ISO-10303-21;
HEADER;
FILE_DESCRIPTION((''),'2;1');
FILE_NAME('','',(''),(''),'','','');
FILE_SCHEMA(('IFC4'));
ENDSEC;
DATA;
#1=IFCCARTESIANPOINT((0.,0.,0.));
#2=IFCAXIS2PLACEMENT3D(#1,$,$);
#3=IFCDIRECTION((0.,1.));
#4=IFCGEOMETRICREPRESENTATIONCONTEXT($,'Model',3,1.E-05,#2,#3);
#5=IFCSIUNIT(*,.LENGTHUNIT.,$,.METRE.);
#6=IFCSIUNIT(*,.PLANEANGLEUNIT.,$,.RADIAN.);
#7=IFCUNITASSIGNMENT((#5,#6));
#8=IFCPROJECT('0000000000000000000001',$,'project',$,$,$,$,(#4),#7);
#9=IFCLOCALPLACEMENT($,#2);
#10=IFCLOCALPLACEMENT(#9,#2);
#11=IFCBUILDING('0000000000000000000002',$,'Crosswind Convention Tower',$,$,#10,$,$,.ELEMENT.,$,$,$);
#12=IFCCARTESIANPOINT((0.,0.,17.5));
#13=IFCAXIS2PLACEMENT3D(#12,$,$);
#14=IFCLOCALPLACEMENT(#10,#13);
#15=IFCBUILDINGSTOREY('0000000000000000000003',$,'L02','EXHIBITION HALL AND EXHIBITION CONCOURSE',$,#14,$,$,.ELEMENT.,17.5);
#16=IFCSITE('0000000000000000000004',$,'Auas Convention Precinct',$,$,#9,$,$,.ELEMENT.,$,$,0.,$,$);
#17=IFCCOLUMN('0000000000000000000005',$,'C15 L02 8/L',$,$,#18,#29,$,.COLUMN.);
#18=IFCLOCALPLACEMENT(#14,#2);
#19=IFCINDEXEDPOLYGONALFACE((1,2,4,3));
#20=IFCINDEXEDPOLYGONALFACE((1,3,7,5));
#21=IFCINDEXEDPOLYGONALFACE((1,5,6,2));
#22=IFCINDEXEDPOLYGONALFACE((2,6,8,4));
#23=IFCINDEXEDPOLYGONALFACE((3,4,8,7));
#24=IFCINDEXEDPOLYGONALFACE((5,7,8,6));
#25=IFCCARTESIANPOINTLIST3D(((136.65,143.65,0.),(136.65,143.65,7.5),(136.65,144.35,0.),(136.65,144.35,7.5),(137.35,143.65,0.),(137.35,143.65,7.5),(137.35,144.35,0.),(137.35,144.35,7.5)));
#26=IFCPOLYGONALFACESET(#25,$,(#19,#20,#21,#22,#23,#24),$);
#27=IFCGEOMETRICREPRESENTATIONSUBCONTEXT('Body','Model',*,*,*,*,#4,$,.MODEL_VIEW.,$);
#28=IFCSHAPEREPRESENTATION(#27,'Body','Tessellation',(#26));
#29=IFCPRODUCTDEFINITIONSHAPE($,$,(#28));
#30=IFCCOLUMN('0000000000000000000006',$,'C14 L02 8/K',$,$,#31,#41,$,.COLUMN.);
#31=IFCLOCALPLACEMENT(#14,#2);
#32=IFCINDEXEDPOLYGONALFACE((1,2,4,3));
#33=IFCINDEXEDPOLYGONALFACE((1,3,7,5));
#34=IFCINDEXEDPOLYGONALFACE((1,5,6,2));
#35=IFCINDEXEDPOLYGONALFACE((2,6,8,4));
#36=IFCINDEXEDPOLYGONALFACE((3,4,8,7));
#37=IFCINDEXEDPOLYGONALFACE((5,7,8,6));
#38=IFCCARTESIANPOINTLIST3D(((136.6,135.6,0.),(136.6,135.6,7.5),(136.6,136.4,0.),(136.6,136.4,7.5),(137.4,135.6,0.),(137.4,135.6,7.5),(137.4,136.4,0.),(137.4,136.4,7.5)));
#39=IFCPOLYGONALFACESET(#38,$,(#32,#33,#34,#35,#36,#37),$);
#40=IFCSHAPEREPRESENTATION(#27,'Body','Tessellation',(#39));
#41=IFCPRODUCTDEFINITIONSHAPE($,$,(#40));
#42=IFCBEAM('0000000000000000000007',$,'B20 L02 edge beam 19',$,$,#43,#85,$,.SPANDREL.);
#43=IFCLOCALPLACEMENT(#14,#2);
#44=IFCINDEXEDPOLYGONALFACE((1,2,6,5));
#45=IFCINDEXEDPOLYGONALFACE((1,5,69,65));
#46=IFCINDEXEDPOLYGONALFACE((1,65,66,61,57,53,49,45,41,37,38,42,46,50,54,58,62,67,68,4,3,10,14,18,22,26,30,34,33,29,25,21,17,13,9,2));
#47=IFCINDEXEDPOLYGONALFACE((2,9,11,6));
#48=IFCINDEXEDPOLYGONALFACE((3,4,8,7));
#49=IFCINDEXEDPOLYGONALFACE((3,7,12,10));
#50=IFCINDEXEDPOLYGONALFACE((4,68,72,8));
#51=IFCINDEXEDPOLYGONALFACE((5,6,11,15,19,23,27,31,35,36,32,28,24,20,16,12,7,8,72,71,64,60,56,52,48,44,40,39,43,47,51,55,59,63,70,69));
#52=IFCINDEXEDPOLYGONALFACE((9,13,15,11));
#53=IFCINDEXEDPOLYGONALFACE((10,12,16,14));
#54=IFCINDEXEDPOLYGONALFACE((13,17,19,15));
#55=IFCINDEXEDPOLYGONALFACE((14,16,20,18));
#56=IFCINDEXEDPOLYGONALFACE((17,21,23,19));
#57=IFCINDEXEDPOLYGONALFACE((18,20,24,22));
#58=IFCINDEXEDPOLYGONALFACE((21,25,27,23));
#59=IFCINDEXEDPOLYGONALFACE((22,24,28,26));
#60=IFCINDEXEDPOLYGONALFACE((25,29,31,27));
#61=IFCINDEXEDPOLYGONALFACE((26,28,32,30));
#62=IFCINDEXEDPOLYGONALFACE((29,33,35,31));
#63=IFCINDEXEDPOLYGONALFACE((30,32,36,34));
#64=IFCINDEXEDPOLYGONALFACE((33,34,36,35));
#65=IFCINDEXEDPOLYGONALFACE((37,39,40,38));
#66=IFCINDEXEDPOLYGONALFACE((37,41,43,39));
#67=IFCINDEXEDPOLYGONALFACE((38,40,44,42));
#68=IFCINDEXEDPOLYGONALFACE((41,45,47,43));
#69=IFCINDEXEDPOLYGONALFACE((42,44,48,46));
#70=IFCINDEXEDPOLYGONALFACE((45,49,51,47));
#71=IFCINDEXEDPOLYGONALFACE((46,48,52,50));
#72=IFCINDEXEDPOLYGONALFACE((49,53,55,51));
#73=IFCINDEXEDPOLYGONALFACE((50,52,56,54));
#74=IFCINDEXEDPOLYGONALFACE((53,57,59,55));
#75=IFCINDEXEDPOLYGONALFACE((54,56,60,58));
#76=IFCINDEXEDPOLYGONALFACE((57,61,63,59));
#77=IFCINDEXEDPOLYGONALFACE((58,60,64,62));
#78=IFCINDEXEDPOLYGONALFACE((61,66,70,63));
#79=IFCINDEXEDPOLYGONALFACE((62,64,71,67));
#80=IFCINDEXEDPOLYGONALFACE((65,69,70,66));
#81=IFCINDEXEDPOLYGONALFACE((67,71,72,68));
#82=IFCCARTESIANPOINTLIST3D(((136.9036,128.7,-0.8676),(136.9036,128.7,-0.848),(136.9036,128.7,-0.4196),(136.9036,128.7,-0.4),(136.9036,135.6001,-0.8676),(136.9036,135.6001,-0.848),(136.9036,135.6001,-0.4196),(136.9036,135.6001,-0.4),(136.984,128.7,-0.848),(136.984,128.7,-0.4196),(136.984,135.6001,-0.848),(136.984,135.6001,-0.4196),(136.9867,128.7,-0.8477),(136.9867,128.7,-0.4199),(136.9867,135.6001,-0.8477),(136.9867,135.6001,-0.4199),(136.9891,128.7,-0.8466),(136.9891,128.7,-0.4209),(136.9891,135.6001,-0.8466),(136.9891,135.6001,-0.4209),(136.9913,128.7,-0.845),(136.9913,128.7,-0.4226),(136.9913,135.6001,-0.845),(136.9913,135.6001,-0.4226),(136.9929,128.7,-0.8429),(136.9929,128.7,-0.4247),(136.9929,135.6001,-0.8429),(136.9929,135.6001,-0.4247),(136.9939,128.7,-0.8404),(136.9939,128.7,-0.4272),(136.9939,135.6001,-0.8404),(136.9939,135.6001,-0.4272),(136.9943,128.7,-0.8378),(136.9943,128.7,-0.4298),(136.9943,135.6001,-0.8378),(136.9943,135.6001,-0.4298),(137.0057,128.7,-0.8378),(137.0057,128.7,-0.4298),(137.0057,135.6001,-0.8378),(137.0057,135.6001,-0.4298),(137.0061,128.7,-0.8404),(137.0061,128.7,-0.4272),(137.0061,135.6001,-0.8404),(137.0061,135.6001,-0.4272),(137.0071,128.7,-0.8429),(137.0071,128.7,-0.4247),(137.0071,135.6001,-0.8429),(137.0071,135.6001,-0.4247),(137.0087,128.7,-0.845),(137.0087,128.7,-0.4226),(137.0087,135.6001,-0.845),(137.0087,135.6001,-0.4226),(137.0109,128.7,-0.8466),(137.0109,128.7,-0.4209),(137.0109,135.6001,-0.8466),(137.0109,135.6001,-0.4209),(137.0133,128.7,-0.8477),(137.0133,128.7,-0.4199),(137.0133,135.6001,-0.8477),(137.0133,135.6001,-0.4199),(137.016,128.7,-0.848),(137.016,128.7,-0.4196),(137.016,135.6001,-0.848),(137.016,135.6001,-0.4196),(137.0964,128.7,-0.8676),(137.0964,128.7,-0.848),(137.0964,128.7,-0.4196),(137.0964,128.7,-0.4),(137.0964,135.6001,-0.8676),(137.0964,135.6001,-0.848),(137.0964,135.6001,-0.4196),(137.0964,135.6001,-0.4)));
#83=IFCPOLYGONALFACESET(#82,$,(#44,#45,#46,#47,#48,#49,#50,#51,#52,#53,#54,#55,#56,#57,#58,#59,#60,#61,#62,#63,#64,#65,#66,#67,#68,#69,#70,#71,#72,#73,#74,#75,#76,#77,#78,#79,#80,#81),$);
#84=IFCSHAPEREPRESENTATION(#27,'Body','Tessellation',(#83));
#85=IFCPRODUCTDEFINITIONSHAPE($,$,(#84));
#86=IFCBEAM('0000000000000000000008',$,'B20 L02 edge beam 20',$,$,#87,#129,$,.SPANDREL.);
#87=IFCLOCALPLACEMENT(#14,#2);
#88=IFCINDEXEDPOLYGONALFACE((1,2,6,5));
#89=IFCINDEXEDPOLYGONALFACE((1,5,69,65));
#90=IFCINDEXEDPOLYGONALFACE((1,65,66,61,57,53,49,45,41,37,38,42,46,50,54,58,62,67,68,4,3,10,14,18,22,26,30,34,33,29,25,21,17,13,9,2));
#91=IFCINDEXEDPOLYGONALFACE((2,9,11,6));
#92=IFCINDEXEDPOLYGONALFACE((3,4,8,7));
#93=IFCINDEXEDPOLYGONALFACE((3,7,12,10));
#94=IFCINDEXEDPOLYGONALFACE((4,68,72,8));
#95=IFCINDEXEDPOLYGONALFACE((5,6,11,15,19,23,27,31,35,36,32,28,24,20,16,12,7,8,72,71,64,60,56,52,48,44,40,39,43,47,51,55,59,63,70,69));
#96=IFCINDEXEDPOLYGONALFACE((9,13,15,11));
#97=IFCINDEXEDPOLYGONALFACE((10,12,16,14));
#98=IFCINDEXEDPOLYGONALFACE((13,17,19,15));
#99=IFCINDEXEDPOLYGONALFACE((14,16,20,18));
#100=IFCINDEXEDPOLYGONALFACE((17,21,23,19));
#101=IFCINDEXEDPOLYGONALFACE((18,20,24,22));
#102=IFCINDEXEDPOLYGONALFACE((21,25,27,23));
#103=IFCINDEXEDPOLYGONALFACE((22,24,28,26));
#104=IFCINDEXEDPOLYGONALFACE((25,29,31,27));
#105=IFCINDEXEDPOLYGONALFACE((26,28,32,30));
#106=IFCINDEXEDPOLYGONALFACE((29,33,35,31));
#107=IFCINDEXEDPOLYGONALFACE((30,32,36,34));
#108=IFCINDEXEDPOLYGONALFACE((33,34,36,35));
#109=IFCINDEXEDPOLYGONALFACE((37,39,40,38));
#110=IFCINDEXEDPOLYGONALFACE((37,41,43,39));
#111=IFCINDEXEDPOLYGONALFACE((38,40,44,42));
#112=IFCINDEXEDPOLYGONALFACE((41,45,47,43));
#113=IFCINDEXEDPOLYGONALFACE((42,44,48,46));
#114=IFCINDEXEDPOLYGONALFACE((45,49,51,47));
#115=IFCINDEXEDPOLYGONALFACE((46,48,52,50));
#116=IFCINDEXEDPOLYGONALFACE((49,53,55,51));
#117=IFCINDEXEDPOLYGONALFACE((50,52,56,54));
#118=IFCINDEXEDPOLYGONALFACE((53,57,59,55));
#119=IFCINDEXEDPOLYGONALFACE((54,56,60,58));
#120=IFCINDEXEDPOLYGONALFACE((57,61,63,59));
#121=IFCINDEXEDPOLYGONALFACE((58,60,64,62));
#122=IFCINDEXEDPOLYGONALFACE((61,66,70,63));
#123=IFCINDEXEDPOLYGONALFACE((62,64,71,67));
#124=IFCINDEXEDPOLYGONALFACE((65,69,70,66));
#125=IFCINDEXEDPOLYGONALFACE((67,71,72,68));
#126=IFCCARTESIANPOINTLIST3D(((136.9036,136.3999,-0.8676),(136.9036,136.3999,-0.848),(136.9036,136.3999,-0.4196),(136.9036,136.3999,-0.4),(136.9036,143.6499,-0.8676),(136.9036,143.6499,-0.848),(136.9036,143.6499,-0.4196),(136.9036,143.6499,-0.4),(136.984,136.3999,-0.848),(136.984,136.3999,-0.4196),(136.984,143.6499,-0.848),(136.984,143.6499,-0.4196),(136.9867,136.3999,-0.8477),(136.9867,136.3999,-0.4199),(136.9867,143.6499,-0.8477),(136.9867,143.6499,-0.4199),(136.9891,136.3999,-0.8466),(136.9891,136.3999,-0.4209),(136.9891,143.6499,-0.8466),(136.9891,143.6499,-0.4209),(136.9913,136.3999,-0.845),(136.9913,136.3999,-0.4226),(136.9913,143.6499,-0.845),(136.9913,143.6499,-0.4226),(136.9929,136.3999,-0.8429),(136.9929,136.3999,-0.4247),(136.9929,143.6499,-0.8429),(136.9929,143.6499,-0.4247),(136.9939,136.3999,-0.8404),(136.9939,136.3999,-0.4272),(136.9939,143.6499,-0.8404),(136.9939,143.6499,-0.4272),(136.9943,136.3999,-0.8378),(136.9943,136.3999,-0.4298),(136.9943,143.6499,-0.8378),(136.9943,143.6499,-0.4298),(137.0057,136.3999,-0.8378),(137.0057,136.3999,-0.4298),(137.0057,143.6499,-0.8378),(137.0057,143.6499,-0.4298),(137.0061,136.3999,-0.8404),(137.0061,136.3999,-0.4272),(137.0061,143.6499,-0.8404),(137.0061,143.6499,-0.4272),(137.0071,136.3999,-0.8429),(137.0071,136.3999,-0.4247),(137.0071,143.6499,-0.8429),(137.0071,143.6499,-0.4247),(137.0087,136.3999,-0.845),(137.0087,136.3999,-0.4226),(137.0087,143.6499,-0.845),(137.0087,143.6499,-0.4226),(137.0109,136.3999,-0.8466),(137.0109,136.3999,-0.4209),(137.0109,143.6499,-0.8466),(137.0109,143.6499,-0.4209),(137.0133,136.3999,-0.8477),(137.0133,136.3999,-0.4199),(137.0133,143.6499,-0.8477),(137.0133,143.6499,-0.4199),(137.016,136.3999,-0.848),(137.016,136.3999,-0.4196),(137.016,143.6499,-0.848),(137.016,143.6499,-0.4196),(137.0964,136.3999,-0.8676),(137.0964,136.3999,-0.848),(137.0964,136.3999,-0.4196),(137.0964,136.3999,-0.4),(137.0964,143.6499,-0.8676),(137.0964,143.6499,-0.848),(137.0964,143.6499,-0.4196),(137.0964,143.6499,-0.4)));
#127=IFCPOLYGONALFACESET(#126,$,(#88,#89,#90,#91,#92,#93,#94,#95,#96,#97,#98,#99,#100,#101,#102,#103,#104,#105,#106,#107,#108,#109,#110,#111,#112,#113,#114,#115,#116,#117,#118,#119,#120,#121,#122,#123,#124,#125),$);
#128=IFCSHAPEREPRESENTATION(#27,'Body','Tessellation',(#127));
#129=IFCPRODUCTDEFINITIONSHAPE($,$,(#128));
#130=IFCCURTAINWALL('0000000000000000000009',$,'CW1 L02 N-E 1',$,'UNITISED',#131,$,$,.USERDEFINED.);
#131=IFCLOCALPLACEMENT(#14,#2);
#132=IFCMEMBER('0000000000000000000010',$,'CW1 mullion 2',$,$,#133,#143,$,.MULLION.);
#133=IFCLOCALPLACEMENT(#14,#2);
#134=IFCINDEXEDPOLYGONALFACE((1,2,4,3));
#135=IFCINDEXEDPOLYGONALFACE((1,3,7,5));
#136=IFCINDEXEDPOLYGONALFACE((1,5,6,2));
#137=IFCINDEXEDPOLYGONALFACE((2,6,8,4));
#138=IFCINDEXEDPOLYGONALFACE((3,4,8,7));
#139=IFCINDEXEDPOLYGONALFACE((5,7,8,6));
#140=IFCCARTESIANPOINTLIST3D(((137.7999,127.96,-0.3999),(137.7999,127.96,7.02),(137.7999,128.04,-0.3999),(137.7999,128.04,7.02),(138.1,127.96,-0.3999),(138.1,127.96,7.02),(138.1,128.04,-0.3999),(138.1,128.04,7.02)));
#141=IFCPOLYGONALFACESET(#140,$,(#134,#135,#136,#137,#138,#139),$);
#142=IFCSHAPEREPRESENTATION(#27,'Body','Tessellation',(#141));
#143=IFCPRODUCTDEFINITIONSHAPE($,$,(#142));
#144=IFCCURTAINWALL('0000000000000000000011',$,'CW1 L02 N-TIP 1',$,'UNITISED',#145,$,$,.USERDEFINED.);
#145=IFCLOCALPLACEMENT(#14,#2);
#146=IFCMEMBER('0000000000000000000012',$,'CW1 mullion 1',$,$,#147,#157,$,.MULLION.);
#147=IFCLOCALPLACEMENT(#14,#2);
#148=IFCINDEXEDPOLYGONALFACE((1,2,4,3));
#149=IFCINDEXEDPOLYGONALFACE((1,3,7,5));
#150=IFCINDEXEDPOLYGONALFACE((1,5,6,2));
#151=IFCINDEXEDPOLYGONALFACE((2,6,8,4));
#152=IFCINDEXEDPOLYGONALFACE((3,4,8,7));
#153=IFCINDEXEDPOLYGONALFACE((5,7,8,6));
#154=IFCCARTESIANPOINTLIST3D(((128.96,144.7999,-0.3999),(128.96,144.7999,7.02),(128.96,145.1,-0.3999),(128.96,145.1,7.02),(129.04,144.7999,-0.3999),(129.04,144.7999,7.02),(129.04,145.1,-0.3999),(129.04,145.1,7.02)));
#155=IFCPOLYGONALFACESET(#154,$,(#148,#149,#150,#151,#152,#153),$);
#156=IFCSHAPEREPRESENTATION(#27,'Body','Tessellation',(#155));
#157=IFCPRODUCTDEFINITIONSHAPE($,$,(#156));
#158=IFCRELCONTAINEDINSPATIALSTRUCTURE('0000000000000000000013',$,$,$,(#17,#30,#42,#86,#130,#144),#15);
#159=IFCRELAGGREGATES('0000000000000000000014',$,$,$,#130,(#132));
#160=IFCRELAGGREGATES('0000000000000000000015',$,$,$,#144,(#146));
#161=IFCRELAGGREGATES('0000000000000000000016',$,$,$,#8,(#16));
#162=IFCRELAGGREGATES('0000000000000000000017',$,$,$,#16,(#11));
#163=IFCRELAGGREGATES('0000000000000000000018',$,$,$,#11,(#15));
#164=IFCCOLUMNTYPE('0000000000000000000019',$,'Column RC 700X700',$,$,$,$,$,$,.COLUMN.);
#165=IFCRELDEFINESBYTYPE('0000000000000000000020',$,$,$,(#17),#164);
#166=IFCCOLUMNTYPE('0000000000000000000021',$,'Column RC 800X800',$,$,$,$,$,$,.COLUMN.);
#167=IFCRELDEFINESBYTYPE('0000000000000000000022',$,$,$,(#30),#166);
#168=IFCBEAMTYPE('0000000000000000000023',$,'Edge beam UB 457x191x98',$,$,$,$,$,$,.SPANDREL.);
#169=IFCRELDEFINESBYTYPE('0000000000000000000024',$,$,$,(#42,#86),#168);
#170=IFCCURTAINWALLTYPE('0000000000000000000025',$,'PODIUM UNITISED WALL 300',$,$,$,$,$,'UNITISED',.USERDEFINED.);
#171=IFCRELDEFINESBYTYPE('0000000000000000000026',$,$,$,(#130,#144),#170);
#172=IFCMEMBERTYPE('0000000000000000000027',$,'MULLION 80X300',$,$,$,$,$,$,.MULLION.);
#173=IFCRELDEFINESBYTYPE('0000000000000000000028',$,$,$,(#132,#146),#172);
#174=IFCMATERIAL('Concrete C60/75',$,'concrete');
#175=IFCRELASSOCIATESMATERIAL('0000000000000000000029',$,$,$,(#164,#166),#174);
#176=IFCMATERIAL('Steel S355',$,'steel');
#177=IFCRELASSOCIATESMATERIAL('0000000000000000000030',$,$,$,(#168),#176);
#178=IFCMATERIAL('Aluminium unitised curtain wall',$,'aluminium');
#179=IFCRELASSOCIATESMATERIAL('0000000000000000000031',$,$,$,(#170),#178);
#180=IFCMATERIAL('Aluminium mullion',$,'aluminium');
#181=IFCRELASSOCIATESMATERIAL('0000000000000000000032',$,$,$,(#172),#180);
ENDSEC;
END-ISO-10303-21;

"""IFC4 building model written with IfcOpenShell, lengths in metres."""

from ifc_helpers import new_model, si_unit, direction, frame, origin, origin_2d, place, context, subcontext, project, spatial, rectangle, i_section, extrude, material, material_profile, profile_set, type_object, element, aggregate, save


model = new_model("IFC4")

# Units and contexts
model_context = context("Model", 3, precision=1e-05, world=origin(), true_north=direction((0.0, 1.0)))
body_context = subcontext(model_context, "Body", "Model", "MODEL_VIEW")
ifc_project = project(units=[si_unit("LENGTHUNIT", "METRE"), si_unit("PLANEANGLEUNIT", "RADIAN")], contexts=[model_context])

# Site, building, storey
site_placement = place(None, origin())
site = spatial("IfcSite", under=ifc_project, at=site_placement, Name="Auas Convention Precinct", CompositionType="ELEMENT", RefElevation=0.0)
building_placement = place(site_placement, origin())
building = spatial("IfcBuilding", under=site, at=building_placement, Name="Crosswind Convention Tower", CompositionType="ELEMENT")
storey_placement = place(building_placement, frame((0.0, 0.0, 17.5)))
storey = spatial("IfcBuildingStorey", under=building, at=storey_placement, Name="L02", Description="EXHIBITION HALL AND EXHIBITION CONCOURSE", CompositionType="ELEMENT", Elevation=17.5)

# Columns
ifc_material_1 = material(Name="Concrete C60/75", Category="concrete")
ifc_material_profile_1 = material_profile(ifc_material_1, rectangle(XDim=0.7, YDim=0.7, at=origin_2d()), Name="RC 700X700")
ifc_profile_set_1 = profile_set([ifc_material_profile_1], Name="Concrete C60/75")
column_type_1 = type_object("IfcColumnType", Name="Column RC 700X700", PredefinedType="COLUMN", material=ifc_profile_set_1)
column_1_placement = place(storey_placement, frame((137.0, 144.0, 0.0), z_axis=(0.0, 0.0, 1.0), x_axis=(1.0, 0.0, 0.0)))
element("IfcColumn", 1, at=column_1_placement, inside=storey, type_object=column_type_1, Name="C15 L02 8/L", PredefinedType="COLUMN", context=body_context, shape_type="SweptSolid", body=[
    extrude(rectangle(XDim=0.7, YDim=0.7, at=origin_2d()), origin(), (0.0, 0.0, 1.0), 7.5),
])
ifc_material_profile_2 = material_profile(ifc_material_1, rectangle(XDim=0.8, YDim=0.8, at=origin_2d()), Name="RC 800X800")
ifc_profile_set_2 = profile_set([ifc_material_profile_2], Name="Concrete C60/75")
column_type_2 = type_object("IfcColumnType", Name="Column RC 800X800", PredefinedType="COLUMN", material=ifc_profile_set_2)
column_2_placement = place(storey_placement, frame((137.0, 136.0, 0.0), z_axis=(0.0, 0.0, 1.0), x_axis=(1.0, 0.0, 0.0)))
element("IfcColumn", 2, at=column_2_placement, inside=storey, type_object=column_type_2, Name="C14 L02 8/K", PredefinedType="COLUMN", context=body_context, shape_type="SweptSolid", body=[
    extrude(rectangle(XDim=0.8, YDim=0.8, at=origin_2d()), origin(), (0.0, 0.0, 1.0), 7.5),
])

# Beams
ifc_material_2 = material(Name="Steel S355", Category="steel")
ifc_material_profile_3 = material_profile(ifc_material_2, i_section(OverallWidth=0.1929, OverallDepth=0.4675, WebThickness=0.0115, FlangeThickness=0.0195, FilletRadius=0.0103, at=origin_2d()), Name="UB 457x191x98")
ifc_profile_set_3 = profile_set([ifc_material_profile_3], Name="Steel S355")
beam_type_1 = type_object("IfcBeamType", Name="Edge beam UB 457x191x98", PredefinedType="SPANDREL", material=ifc_profile_set_3)
beam_1_placement = place(storey_placement, frame((137.0, 128.7, -0.6338), z_axis=(0.0, 1.0, 0.0), x_axis=(-1.0, 0.0, 0.0)))
element("IfcBeam", 3, at=beam_1_placement, inside=storey, type_object=beam_type_1, Name="B20 L02 edge beam 19", PredefinedType="SPANDREL", context=body_context, shape_type="SweptSolid", body=[
    extrude(i_section(OverallWidth=0.1929, OverallDepth=0.4675, WebThickness=0.0115, FlangeThickness=0.0195, FilletRadius=0.0103, at=origin_2d()), origin(), (0.0, 0.0, 1.0), 6.9001),
])
beam_2_placement = place(storey_placement, frame((137.0, 136.3999, -0.6338), z_axis=(0.0, 1.0, 0.0), x_axis=(-1.0, 0.0, 0.0)))
element("IfcBeam", 4, at=beam_2_placement, inside=storey, type_object=beam_type_1, Name="B20 L02 edge beam 20", PredefinedType="SPANDREL", context=body_context, shape_type="SweptSolid", body=[
    extrude(i_section(OverallWidth=0.1929, OverallDepth=0.4675, WebThickness=0.0115, FlangeThickness=0.0195, FilletRadius=0.0103, at=origin_2d()), origin(), (0.0, 0.0, 1.0), 7.25),
])

# Curtain walls, members
ifc_material_3 = material(Name="Aluminium unitised curtain wall", Category="aluminium")
curtain_wall_type = type_object("IfcCurtainWallType", Name="PODIUM UNITISED WALL 300", ElementType="UNITISED", PredefinedType="USERDEFINED", material=ifc_material_3)
curtain_wall_1_placement = place(storey_placement, origin())
curtain_wall_1 = element("IfcCurtainWall", 5, at=curtain_wall_1_placement, inside=storey, type_object=curtain_wall_type, Name="CW1 L02 N-E 1", ObjectType="UNITISED", PredefinedType="USERDEFINED")
ifc_material_4 = material(Name="Aluminium mullion", Category="aluminium")
ifc_material_profile_4 = material_profile(ifc_material_4, rectangle(XDim=0.3, YDim=0.0801, at=origin_2d()), Name="AL 300X80")
ifc_profile_set_4 = profile_set([ifc_material_profile_4], Name="Aluminium mullion")
member_type_1 = type_object("IfcMemberType", Name="MULLION 80X300", PredefinedType="MULLION", material=ifc_profile_set_4)
member_1_placement = place(storey_placement, frame((137.95, 128.0, -0.3999), z_axis=(0.0, 0.0, 1.0), x_axis=(1.0, 0.0, 0.0)))
member_1 = element("IfcMember", 6, at=member_1_placement, type_object=member_type_1, Name="CW1 mullion 2", PredefinedType="MULLION", context=body_context, shape_type="SweptSolid", body=[
    extrude(rectangle(XDim=0.3, YDim=0.0801, at=origin_2d()), origin(), (0.0, 0.0, 1.0), 7.4199),
])
aggregate(curtain_wall_1, [member_1])
curtain_wall_2_placement = place(storey_placement, origin())
curtain_wall_2 = element("IfcCurtainWall", 7, at=curtain_wall_2_placement, inside=storey, type_object=curtain_wall_type, Name="CW1 L02 N-TIP 1", ObjectType="UNITISED", PredefinedType="USERDEFINED")
member_2_placement = place(storey_placement, frame((129.0, 144.95, -0.3999), z_axis=(0.0, 0.0, 1.0), x_axis=(0.0, 1.0, 0.0)))
member_2 = element("IfcMember", 8, at=member_2_placement, type_object=member_type_1, Name="CW1 mullion 1", PredefinedType="MULLION", context=body_context, shape_type="SweptSolid", body=[
    extrude(rectangle(XDim=0.3, YDim=0.0801, at=origin_2d()), origin(), (0.0, 0.0, 1.0), 7.4199),
])

aggregate(curtain_wall_2, [member_2])

save(model, "model.ifc")
